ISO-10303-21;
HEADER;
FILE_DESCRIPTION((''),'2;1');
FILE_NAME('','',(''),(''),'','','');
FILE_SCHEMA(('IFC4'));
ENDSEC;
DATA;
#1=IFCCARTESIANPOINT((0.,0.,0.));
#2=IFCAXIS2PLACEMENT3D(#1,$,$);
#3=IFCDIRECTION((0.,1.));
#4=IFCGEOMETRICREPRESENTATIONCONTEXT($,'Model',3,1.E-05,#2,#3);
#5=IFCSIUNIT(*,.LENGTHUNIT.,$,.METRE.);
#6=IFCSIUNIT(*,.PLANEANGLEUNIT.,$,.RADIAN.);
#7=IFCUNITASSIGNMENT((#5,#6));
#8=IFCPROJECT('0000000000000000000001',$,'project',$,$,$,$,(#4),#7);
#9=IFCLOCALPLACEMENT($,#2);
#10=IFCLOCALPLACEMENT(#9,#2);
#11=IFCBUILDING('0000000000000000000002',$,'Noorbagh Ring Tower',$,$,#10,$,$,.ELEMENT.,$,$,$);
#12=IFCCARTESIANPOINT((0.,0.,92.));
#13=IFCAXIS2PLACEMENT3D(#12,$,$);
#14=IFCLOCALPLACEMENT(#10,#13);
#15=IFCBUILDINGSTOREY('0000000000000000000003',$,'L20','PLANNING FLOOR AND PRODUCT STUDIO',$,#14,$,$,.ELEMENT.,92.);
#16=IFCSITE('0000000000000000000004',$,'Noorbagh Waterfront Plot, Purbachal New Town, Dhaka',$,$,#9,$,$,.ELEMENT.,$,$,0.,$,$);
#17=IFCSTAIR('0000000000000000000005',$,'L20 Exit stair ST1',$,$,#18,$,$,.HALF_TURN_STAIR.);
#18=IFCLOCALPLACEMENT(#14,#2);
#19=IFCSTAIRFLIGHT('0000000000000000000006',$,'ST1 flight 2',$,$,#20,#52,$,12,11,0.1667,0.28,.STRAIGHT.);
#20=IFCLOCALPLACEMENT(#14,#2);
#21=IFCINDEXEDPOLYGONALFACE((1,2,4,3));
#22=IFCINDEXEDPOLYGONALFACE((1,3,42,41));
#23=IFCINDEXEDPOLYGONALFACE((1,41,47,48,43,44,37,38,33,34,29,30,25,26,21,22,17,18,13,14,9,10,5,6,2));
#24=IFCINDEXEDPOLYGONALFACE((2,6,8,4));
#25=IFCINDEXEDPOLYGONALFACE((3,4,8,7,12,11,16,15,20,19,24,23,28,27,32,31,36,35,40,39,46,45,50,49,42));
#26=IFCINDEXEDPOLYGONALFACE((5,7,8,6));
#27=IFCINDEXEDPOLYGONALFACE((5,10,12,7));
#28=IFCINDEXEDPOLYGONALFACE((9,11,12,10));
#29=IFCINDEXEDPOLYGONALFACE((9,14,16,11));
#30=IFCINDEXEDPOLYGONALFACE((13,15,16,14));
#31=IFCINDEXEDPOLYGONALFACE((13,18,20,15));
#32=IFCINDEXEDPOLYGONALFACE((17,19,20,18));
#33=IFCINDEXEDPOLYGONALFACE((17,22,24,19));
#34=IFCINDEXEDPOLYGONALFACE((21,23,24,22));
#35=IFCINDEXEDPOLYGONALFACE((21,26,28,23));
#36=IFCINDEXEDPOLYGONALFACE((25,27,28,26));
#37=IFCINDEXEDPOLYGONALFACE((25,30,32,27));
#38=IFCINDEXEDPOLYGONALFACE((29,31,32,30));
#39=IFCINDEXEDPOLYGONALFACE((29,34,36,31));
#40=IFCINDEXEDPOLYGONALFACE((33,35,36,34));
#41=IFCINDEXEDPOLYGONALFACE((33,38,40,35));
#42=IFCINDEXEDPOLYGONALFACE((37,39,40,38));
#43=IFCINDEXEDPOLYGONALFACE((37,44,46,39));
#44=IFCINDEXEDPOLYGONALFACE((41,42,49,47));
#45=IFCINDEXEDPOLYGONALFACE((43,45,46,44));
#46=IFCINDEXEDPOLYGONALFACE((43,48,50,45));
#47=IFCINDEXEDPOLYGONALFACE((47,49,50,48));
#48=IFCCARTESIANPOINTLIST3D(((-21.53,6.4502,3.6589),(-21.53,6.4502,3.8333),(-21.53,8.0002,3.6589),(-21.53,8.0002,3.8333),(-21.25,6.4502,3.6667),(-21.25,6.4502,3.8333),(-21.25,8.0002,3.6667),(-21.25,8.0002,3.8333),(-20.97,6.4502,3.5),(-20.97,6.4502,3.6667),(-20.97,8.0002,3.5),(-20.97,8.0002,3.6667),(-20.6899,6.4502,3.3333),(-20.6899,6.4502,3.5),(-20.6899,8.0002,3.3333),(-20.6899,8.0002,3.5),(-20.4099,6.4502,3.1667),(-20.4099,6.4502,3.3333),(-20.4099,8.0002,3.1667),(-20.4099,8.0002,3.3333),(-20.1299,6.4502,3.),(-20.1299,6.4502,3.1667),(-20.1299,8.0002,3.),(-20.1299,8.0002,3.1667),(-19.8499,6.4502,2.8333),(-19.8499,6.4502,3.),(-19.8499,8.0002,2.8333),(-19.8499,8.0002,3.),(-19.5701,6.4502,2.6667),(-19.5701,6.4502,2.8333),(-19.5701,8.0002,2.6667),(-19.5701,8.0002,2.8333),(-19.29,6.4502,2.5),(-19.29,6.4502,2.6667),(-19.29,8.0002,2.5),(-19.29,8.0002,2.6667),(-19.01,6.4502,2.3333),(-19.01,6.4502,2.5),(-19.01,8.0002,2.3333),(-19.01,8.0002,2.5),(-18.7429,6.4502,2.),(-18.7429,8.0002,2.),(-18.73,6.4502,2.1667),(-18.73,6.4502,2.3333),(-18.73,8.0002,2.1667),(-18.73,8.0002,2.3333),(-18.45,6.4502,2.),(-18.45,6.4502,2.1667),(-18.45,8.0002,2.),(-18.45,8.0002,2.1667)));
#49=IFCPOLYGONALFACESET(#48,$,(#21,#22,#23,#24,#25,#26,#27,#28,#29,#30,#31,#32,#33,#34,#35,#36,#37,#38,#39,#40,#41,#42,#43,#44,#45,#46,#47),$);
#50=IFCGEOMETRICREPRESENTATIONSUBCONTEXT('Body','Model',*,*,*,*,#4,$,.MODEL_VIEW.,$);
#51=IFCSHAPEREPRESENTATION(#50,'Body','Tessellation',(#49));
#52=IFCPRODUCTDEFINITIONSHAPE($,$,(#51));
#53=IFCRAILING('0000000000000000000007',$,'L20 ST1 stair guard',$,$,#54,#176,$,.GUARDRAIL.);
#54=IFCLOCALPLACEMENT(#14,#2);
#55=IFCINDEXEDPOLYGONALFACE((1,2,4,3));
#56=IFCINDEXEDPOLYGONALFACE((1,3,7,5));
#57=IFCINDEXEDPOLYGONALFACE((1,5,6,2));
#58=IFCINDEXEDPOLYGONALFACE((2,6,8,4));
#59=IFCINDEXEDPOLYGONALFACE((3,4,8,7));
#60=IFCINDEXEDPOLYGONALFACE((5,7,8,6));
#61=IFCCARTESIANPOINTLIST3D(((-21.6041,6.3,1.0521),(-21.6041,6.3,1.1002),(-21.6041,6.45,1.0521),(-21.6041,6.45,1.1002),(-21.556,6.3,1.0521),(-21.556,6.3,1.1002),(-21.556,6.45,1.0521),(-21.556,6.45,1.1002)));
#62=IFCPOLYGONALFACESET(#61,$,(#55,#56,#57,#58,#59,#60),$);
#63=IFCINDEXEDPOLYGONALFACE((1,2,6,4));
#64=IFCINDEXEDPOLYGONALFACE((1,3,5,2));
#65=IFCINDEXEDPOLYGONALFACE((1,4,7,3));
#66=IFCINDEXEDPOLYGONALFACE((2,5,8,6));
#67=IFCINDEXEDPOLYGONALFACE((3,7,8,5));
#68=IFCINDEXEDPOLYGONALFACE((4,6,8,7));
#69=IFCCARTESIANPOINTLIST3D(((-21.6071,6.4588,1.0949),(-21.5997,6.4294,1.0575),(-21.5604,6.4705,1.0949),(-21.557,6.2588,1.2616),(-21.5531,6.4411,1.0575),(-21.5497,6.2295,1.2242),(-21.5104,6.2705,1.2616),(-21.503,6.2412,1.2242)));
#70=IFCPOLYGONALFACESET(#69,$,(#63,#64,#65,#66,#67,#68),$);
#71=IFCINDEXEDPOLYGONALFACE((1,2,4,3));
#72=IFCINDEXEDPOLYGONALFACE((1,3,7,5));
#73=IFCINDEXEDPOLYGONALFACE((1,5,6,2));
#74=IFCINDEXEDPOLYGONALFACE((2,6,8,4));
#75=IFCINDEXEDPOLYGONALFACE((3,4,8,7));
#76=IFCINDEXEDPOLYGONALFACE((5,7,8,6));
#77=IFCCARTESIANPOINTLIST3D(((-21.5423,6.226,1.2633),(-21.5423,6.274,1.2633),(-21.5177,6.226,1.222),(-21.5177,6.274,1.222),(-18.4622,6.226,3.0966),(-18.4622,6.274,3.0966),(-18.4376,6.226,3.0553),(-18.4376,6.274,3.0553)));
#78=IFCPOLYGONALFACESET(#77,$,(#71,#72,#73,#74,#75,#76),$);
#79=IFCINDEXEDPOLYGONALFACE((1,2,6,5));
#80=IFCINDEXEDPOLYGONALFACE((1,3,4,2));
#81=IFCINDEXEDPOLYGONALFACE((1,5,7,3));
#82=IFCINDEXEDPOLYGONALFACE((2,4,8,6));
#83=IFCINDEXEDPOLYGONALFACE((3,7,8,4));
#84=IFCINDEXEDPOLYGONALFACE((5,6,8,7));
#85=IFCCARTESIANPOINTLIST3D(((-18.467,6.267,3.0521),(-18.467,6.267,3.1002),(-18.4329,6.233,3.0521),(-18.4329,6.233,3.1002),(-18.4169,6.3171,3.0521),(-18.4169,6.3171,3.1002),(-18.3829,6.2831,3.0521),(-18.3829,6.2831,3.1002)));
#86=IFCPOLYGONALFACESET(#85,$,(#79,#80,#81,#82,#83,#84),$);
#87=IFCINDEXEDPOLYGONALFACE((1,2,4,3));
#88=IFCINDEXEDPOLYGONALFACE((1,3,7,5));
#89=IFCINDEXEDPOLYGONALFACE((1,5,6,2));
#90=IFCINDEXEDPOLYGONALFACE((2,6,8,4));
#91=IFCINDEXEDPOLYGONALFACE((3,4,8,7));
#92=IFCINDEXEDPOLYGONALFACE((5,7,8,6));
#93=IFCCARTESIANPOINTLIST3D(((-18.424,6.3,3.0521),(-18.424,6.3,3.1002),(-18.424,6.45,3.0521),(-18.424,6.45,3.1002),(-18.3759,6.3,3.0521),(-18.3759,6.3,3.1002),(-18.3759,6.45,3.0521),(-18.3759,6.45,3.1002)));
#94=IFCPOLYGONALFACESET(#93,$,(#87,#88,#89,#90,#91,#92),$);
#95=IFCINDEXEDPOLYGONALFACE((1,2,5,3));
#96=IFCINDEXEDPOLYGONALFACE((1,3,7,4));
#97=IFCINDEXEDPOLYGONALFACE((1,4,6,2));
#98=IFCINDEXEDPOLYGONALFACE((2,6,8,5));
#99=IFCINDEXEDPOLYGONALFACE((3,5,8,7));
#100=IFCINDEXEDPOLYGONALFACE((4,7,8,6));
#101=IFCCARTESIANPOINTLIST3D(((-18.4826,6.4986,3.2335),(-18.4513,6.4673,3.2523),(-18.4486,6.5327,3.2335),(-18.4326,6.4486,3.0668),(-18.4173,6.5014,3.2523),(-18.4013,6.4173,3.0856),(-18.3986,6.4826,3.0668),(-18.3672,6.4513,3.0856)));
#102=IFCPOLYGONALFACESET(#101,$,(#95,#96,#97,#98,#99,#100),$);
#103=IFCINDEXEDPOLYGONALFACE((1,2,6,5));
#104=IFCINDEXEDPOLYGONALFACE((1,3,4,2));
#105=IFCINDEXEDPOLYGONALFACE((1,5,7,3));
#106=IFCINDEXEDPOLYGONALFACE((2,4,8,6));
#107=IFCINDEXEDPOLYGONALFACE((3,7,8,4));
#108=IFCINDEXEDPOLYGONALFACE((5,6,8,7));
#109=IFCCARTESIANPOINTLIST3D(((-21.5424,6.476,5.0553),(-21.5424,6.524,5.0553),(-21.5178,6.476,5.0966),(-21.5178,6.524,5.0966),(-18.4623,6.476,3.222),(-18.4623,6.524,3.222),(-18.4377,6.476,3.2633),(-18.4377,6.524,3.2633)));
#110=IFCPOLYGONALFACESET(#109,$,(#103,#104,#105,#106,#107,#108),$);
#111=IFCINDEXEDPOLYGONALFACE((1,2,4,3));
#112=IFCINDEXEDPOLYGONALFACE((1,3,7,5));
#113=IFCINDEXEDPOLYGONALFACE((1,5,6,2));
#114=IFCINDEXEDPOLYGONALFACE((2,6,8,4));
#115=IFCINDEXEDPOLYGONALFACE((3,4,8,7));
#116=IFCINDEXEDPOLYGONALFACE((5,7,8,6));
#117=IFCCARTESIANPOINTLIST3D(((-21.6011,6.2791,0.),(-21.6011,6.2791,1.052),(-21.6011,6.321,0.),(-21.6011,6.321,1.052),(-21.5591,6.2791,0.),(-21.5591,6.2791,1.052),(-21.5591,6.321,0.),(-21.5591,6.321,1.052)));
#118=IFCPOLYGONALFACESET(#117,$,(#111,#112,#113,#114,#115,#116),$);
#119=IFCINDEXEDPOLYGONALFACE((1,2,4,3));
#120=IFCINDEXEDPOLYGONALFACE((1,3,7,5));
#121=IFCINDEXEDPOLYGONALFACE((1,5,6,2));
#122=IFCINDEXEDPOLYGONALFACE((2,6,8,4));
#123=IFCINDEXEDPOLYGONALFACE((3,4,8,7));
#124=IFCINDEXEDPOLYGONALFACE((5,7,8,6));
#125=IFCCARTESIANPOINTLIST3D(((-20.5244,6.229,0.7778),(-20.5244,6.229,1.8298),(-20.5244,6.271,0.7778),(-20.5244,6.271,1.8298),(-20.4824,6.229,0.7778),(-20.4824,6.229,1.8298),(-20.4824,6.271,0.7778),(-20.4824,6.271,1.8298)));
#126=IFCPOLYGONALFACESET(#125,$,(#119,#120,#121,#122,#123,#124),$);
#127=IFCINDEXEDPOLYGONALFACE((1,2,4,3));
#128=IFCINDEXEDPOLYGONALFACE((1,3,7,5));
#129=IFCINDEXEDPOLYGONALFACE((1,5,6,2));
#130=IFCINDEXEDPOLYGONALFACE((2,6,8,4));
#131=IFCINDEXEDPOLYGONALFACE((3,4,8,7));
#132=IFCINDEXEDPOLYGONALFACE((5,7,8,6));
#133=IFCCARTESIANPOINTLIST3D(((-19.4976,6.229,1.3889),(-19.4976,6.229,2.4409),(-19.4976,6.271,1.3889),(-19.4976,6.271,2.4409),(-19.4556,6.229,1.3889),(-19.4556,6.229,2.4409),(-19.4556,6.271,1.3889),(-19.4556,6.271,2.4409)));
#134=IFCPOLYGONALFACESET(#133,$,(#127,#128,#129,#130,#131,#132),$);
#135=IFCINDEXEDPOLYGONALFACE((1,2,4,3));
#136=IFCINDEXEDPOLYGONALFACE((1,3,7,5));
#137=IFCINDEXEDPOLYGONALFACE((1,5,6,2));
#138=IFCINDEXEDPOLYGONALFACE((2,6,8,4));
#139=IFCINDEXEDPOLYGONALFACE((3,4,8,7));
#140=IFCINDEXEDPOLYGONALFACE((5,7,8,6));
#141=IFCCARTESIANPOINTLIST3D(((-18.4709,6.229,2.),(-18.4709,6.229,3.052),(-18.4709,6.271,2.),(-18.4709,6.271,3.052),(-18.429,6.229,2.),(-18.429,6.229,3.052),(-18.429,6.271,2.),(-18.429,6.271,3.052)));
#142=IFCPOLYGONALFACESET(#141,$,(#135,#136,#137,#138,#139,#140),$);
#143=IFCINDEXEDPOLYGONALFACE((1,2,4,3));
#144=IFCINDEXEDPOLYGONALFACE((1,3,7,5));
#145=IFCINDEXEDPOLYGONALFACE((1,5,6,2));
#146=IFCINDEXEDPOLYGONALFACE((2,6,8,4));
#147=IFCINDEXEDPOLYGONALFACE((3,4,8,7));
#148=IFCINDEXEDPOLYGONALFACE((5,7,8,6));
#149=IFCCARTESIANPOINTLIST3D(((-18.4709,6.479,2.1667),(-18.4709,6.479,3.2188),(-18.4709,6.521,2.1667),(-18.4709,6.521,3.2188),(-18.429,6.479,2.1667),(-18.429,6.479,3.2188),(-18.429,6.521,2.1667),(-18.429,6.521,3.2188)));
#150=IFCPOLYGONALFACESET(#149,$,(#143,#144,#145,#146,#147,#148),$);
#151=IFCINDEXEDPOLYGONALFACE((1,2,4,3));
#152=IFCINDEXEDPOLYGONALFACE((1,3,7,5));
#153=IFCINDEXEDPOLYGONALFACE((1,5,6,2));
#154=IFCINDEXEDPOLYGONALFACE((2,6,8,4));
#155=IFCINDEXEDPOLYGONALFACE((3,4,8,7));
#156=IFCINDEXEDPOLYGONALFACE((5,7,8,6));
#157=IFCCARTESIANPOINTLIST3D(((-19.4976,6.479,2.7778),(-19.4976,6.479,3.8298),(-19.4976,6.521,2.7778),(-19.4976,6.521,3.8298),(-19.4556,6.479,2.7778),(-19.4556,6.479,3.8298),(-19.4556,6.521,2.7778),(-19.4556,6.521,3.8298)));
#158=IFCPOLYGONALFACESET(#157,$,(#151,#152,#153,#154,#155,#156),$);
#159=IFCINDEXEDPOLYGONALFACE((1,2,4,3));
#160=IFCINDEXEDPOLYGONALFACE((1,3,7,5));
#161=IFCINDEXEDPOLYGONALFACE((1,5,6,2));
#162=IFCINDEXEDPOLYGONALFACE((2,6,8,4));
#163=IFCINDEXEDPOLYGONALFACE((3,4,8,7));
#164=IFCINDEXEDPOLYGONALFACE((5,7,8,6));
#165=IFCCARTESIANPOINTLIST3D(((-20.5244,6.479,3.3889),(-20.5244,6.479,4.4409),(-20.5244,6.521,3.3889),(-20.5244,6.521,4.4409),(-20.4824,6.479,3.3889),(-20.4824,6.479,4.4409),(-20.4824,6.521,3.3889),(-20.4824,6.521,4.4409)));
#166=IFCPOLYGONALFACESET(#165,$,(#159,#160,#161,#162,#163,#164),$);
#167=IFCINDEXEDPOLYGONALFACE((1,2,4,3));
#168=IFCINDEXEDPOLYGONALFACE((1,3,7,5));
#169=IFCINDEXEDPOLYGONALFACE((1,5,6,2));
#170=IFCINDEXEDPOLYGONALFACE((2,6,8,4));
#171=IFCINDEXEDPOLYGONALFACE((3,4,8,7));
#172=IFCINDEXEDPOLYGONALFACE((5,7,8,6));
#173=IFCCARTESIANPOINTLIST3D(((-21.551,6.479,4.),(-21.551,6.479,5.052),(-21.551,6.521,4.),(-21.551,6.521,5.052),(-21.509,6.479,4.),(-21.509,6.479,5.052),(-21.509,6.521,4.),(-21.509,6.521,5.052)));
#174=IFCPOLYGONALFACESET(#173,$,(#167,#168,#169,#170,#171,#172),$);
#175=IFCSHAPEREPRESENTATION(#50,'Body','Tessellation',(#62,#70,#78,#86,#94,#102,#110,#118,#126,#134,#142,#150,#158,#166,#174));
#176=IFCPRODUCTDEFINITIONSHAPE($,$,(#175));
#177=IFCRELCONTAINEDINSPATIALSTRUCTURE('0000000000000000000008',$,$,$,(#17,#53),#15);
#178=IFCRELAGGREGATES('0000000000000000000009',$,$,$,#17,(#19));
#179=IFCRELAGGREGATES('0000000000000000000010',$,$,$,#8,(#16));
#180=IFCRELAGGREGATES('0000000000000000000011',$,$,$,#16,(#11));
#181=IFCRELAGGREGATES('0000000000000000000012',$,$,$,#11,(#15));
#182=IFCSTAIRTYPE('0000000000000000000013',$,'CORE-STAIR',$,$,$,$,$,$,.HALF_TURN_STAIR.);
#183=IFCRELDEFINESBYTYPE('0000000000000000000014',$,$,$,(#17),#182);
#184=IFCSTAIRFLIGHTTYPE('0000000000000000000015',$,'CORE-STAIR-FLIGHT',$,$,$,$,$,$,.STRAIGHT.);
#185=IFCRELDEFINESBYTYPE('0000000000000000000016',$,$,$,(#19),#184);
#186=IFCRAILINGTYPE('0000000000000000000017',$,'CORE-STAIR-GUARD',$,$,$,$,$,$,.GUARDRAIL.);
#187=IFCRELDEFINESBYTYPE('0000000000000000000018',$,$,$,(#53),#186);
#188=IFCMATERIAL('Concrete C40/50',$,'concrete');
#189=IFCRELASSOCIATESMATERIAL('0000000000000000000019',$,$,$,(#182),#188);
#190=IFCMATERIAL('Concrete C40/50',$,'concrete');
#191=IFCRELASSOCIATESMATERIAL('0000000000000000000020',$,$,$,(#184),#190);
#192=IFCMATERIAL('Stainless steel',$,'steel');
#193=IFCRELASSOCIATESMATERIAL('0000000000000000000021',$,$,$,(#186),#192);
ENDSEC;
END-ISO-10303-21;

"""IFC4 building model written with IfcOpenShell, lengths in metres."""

from ifc_helpers import new_model, si_unit, direction, frame, origin, origin_2d, place, context, subcontext, project, spatial, polyline, rectangle, outline, extrude, material, type_object, element, aggregate, save


model = new_model("IFC4")

# Units and contexts
model_context = context("Model", 3, precision=1e-05, world=origin(), true_north=direction((0.0, 1.0)))
body_context = subcontext(model_context, "Body", "Model", "MODEL_VIEW")
ifc_project = project(units=[si_unit("LENGTHUNIT", "METRE"), si_unit("PLANEANGLEUNIT", "RADIAN")], contexts=[model_context])

# Site, building, storey
site_placement = place(None, origin())
site = spatial("IfcSite", under=ifc_project, at=site_placement, Name="Noorbagh Waterfront Plot, Purbachal New Town, Dhaka", CompositionType="ELEMENT", RefElevation=0.0)
building_placement = place(site_placement, origin())
building = spatial("IfcBuilding", under=site, at=building_placement, Name="Noorbagh Ring Tower", CompositionType="ELEMENT")
storey_placement = place(building_placement, frame((0.0, 0.0, 92.0)))
storey = spatial("IfcBuildingStorey", under=building, at=storey_placement, Name="L20", Description="PLANNING FLOOR AND PRODUCT STUDIO", CompositionType="ELEMENT", Elevation=92.0)

# Stair, stair flight
ifc_material_1 = material(Name="Concrete C40/50", Category="concrete")
stair_type = type_object("IfcStairType", Name="CORE-STAIR", PredefinedType="HALF_TURN_STAIR", material=ifc_material_1)
stair_placement = place(storey_placement, origin())
stair = element("IfcStair", 1, at=stair_placement, inside=storey, type_object=stair_type, Name="L20 Exit stair ST1", PredefinedType="HALF_TURN_STAIR")
ifc_material_2 = material(Name="Concrete C40/50", Category="concrete")
stair_flight_type = type_object("IfcStairFlightType", Name="CORE-STAIR-FLIGHT", PredefinedType="STRAIGHT", material=ifc_material_2)
stair_flight_1_placement = place(storey_placement, frame((-18.45, 7.2251, 2.0), z_axis=(0.0, 0.0, 1.0), x_axis=(-1.0, 0.0, 0.0)))
stair_flight_1 = element("IfcStairFlight", 2, at=stair_flight_1_placement, type_object=stair_flight_type, Name="ST1 flight 2", NumberOfRisers=12, NumberOfTreads=11, PredefinedType="STRAIGHT", RiserHeight=0.1667, TreadLength=0.28, context=body_context, shape_type="SweptSolid", body=[
    extrude(outline(polyline([(0.0, 0.0), (0.0, 0.1667), (0.28, 0.1667), (0.28, 0.3333), (0.5601, 0.3333), (0.5601, 0.5), (0.8401, 0.5), (0.8401, 0.6667), (1.1201, 0.6667), (1.1201, 0.8333), (1.3999, 0.8333), (1.3999, 1.0), (1.6799, 1.0), (1.6799, 1.1667), (1.96, 1.1667), (1.96, 1.3333), (2.24, 1.3333), (2.24, 1.5), (2.52, 1.5), (2.52, 1.6667), (2.8, 1.6667), (2.8, 1.8333), (3.0801, 1.8333), (3.0801, 2.0), (3.0801, 1.6589), (0.293, 0.0), (0.0, 0.0)])), frame((0.0, 0.7749, 0.0), z_axis=(0.0, -1.0, 0.0), x_axis=(1.0, 0.0, 0.0)), (0.0, 0.0, 1.0), 1.55),
])
aggregate(stair, [stair_flight_1])

# Railing
ifc_material_3 = material(Name="Stainless steel", Category="steel")
railing_type_1 = type_object("IfcRailingType", Name="CORE-STAIR-GUARD", PredefinedType="GUARDRAIL", material=ifc_material_3)
railing_1_placement = place(storey_placement, frame((-21.5801, 6.3, 0.0)))
element("IfcRailing", 3, at=railing_1_placement, inside=storey, type_object=railing_type_1, Name="L20 ST1 stair guard", PredefinedType="GUARDRAIL", context=body_context, shape_type="SweptSolid", body=[
    extrude(rectangle(XDim=0.0481, YDim=0.0481, at=origin_2d()), frame((0.0, 0.0, 1.0762), z_axis=(0.0, 1.0, 0.0), x_axis=(-1.0, 0.0, 0.0)), (0.0, 0.0, 1.0), 0.1499),
    extrude(rectangle(XDim=0.0481, YDim=0.0481, at=origin_2d()), frame((0.0, 0.1499, 1.0762), z_axis=(0.188776, -0.754182, 0.628946), x_axis=(0.970073, 0.242814, 0.0)), (0.0, 0.0, 1.0), 0.2651),
    extrude(rectangle(XDim=0.0481, YDim=0.0481, at=origin_2d()), frame((0.05, -0.05, 1.2427), z_axis=(0.859309, 0.0, 0.511458), x_axis=(0.0, 1.0, 0.0)), (0.0, 0.0, 1.0), 3.5845),
    extrude(rectangle(XDim=0.0481, YDim=0.0481, at=origin_2d()), frame((3.1301, -0.05, 3.0762), z_axis=(0.707107, 0.707107, 0.0), x_axis=(-0.707107, 0.707107, 0.0)), (0.0, 0.0, 1.0), 0.0708),
    extrude(rectangle(XDim=0.0481, YDim=0.0481, at=origin_2d()), frame((3.1802, 0.0, 3.0762), z_axis=(0.0, 1.0, 0.0), x_axis=(-1.0, 0.0, 0.0)), (0.0, 0.0, 1.0), 0.1499),
    extrude(rectangle(XDim=0.0481, YDim=0.0481, at=origin_2d()), frame((3.1802, 0.1499, 3.0762), z_axis=(-0.276287, 0.276287, 0.920506), x_axis=(-0.707107, -0.707107, 0.0)), (0.0, 0.0, 1.0), 0.1812),
    extrude(rectangle(XDim=0.0481, YDim=0.0481, at=origin_2d()), frame((3.1301, 0.2, 3.2427), z_axis=(-0.859309, 0.0, 0.511458), x_axis=(0.0, -1.0, 0.0)), (0.0, 0.0, 1.0), 3.5845),
    extrude(rectangle(XDim=0.042, YDim=0.042, at=origin_2d()), origin(), (0.0, 0.0, 1.0), 1.052),
    extrude(rectangle(XDim=0.042, YDim=0.042, at=origin_2d()), frame((1.0767, -0.05, 0.7778)), (0.0, 0.0, 1.0), 1.052),
    extrude(rectangle(XDim=0.042, YDim=0.042, at=origin_2d()), frame((2.1035, -0.05, 1.3889)), (0.0, 0.0, 1.0), 1.052),
    extrude(rectangle(XDim=0.042, YDim=0.042, at=origin_2d()), frame((3.1301, -0.05, 2.0)), (0.0, 0.0, 1.0), 1.052),
    extrude(rectangle(XDim=0.042, YDim=0.042, at=origin_2d()), frame((3.1301, 0.2, 2.1667)), (0.0, 0.0, 1.0), 1.052),
    extrude(rectangle(XDim=0.042, YDim=0.042, at=origin_2d()), frame((2.1035, 0.2, 2.7778)), (0.0, 0.0, 1.0), 1.052),
    extrude(rectangle(XDim=0.042, YDim=0.042, at=origin_2d()), frame((1.0767, 0.2, 3.3889)), (0.0, 0.0, 1.0), 1.052),
    extrude(rectangle(XDim=0.042, YDim=0.042, at=origin_2d()), frame((0.05, 0.2, 4.0)), (0.0, 0.0, 1.0), 1.052),
])

save(model, "model.ifc")
